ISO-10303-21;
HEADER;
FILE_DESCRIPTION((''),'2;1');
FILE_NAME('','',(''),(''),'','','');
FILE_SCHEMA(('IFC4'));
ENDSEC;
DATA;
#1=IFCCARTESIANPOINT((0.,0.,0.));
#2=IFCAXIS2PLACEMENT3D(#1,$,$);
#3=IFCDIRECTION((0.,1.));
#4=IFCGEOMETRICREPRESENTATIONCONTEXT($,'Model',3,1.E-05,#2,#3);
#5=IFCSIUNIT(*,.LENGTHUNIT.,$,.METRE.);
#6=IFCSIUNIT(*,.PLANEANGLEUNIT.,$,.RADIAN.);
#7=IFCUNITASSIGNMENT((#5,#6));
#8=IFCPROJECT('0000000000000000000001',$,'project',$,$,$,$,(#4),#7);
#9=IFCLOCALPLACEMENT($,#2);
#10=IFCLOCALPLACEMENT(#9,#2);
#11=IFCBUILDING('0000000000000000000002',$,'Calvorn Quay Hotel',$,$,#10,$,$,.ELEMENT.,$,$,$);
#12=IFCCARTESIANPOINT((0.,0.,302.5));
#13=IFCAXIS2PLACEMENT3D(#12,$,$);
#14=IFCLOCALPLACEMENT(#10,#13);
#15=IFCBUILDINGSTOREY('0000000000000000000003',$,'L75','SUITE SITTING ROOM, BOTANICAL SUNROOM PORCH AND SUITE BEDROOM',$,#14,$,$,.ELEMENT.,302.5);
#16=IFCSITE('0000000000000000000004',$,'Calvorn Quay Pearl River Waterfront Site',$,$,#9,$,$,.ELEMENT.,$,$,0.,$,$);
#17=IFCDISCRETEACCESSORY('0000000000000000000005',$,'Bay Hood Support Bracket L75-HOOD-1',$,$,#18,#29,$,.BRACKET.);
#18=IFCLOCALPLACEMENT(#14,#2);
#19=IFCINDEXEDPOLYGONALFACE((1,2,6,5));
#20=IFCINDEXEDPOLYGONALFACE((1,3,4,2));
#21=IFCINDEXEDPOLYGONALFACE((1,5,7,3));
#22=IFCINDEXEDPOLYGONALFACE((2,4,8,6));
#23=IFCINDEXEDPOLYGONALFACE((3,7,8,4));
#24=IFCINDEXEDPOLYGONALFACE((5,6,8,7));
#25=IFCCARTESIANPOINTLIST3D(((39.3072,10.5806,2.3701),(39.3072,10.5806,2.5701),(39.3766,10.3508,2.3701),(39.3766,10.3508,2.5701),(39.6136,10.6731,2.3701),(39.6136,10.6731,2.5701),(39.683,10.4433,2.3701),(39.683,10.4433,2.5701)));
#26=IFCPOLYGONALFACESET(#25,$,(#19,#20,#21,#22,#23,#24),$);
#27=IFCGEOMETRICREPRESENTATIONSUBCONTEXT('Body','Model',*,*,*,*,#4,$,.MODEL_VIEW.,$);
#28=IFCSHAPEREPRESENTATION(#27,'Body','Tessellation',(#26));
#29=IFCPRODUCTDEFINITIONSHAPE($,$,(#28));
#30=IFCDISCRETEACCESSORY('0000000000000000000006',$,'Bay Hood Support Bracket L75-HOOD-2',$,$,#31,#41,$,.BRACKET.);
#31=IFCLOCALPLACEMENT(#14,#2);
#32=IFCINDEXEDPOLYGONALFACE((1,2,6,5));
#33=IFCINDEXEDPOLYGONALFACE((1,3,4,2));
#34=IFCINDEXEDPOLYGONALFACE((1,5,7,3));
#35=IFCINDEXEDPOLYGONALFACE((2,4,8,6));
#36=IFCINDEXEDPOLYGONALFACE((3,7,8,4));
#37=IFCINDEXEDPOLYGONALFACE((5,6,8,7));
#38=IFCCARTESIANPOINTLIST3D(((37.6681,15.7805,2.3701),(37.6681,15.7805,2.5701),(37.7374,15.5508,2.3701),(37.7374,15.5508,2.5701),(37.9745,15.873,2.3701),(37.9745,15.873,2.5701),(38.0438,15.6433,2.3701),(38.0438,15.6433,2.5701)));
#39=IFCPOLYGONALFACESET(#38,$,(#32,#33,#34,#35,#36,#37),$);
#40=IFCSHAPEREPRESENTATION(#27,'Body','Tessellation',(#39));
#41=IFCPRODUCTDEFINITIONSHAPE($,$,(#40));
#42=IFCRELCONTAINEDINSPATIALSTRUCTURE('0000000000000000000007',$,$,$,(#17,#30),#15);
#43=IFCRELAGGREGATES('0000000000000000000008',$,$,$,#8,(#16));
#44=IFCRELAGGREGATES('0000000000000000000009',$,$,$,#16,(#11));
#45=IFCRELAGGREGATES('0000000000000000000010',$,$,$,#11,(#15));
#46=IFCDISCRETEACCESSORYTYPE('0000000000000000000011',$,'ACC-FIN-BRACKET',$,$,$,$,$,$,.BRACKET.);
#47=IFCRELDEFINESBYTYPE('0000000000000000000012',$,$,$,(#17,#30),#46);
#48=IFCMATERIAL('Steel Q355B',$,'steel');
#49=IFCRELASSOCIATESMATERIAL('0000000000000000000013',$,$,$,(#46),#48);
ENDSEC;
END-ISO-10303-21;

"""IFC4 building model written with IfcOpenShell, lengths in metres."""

from ifc_helpers import new_model, si_unit, direction, frame, origin, origin_2d, place, context, subcontext, project, spatial, rectangle, extrude, material, type_object, element, save


model = new_model("IFC4")

# Units and contexts
model_context = context("Model", 3, precision=1e-05, world=origin(), true_north=direction((0.0, 1.0)))
body_context = subcontext(model_context, "Body", "Model", "MODEL_VIEW")
ifc_project = project(units=[si_unit("LENGTHUNIT", "METRE"), si_unit("PLANEANGLEUNIT", "RADIAN")], contexts=[model_context])

# Site, building, storey
site_placement = place(None, origin())
site = spatial("IfcSite", under=ifc_project, at=site_placement, Name="Calvorn Quay Pearl River Waterfront Site", CompositionType="ELEMENT", RefElevation=0.0)
building_placement = place(site_placement, origin())
building = spatial("IfcBuilding", under=site, at=building_placement, Name="Calvorn Quay Hotel", CompositionType="ELEMENT")
storey_placement = place(building_placement, frame((0.0, 0.0, 302.5)))
storey = spatial("IfcBuildingStorey", under=building, at=storey_placement, Name="L75", Description="SUITE SITTING ROOM, BOTANICAL SUNROOM PORCH AND SUITE BEDROOM", CompositionType="ELEMENT", Elevation=302.5)

# Discrete accessories
ifc_material_1 = material(Name="Steel Q355B", Category="steel")
discrete_accessory_type = type_object("IfcDiscreteAccessoryType", Name="ACC-FIN-BRACKET", PredefinedType="BRACKET", material=ifc_material_1)
for number, where, z_axis, x_axis, name in (
    (1, (39.4951, 10.512, 2.3701), (0.0, 0.0, 1.0), (0.957319, 0.289032, 0.0), "Bay Hood Support Bracket L75-HOOD-1"),
    (2, (37.856, 15.7119, 2.3701), (0.0, 0.0, 1.0), (0.957319, 0.289032, 0.0), "Bay Hood Support Bracket L75-HOOD-2"),
):
    element("IfcDiscreteAccessory", number, at=place(storey_placement, frame(where, z_axis=z_axis, x_axis=x_axis)), inside=storey, type_object=discrete_accessory_type, Name=name, PredefinedType="BRACKET", context=body_context, shape_type="SweptSolid", body=[
        extrude(rectangle(XDim=0.3201, YDim=0.24, at=origin_2d()), origin(), (0.0, 0.0, 1.0), 0.2),
    ])

save(model, "model.ifc")
